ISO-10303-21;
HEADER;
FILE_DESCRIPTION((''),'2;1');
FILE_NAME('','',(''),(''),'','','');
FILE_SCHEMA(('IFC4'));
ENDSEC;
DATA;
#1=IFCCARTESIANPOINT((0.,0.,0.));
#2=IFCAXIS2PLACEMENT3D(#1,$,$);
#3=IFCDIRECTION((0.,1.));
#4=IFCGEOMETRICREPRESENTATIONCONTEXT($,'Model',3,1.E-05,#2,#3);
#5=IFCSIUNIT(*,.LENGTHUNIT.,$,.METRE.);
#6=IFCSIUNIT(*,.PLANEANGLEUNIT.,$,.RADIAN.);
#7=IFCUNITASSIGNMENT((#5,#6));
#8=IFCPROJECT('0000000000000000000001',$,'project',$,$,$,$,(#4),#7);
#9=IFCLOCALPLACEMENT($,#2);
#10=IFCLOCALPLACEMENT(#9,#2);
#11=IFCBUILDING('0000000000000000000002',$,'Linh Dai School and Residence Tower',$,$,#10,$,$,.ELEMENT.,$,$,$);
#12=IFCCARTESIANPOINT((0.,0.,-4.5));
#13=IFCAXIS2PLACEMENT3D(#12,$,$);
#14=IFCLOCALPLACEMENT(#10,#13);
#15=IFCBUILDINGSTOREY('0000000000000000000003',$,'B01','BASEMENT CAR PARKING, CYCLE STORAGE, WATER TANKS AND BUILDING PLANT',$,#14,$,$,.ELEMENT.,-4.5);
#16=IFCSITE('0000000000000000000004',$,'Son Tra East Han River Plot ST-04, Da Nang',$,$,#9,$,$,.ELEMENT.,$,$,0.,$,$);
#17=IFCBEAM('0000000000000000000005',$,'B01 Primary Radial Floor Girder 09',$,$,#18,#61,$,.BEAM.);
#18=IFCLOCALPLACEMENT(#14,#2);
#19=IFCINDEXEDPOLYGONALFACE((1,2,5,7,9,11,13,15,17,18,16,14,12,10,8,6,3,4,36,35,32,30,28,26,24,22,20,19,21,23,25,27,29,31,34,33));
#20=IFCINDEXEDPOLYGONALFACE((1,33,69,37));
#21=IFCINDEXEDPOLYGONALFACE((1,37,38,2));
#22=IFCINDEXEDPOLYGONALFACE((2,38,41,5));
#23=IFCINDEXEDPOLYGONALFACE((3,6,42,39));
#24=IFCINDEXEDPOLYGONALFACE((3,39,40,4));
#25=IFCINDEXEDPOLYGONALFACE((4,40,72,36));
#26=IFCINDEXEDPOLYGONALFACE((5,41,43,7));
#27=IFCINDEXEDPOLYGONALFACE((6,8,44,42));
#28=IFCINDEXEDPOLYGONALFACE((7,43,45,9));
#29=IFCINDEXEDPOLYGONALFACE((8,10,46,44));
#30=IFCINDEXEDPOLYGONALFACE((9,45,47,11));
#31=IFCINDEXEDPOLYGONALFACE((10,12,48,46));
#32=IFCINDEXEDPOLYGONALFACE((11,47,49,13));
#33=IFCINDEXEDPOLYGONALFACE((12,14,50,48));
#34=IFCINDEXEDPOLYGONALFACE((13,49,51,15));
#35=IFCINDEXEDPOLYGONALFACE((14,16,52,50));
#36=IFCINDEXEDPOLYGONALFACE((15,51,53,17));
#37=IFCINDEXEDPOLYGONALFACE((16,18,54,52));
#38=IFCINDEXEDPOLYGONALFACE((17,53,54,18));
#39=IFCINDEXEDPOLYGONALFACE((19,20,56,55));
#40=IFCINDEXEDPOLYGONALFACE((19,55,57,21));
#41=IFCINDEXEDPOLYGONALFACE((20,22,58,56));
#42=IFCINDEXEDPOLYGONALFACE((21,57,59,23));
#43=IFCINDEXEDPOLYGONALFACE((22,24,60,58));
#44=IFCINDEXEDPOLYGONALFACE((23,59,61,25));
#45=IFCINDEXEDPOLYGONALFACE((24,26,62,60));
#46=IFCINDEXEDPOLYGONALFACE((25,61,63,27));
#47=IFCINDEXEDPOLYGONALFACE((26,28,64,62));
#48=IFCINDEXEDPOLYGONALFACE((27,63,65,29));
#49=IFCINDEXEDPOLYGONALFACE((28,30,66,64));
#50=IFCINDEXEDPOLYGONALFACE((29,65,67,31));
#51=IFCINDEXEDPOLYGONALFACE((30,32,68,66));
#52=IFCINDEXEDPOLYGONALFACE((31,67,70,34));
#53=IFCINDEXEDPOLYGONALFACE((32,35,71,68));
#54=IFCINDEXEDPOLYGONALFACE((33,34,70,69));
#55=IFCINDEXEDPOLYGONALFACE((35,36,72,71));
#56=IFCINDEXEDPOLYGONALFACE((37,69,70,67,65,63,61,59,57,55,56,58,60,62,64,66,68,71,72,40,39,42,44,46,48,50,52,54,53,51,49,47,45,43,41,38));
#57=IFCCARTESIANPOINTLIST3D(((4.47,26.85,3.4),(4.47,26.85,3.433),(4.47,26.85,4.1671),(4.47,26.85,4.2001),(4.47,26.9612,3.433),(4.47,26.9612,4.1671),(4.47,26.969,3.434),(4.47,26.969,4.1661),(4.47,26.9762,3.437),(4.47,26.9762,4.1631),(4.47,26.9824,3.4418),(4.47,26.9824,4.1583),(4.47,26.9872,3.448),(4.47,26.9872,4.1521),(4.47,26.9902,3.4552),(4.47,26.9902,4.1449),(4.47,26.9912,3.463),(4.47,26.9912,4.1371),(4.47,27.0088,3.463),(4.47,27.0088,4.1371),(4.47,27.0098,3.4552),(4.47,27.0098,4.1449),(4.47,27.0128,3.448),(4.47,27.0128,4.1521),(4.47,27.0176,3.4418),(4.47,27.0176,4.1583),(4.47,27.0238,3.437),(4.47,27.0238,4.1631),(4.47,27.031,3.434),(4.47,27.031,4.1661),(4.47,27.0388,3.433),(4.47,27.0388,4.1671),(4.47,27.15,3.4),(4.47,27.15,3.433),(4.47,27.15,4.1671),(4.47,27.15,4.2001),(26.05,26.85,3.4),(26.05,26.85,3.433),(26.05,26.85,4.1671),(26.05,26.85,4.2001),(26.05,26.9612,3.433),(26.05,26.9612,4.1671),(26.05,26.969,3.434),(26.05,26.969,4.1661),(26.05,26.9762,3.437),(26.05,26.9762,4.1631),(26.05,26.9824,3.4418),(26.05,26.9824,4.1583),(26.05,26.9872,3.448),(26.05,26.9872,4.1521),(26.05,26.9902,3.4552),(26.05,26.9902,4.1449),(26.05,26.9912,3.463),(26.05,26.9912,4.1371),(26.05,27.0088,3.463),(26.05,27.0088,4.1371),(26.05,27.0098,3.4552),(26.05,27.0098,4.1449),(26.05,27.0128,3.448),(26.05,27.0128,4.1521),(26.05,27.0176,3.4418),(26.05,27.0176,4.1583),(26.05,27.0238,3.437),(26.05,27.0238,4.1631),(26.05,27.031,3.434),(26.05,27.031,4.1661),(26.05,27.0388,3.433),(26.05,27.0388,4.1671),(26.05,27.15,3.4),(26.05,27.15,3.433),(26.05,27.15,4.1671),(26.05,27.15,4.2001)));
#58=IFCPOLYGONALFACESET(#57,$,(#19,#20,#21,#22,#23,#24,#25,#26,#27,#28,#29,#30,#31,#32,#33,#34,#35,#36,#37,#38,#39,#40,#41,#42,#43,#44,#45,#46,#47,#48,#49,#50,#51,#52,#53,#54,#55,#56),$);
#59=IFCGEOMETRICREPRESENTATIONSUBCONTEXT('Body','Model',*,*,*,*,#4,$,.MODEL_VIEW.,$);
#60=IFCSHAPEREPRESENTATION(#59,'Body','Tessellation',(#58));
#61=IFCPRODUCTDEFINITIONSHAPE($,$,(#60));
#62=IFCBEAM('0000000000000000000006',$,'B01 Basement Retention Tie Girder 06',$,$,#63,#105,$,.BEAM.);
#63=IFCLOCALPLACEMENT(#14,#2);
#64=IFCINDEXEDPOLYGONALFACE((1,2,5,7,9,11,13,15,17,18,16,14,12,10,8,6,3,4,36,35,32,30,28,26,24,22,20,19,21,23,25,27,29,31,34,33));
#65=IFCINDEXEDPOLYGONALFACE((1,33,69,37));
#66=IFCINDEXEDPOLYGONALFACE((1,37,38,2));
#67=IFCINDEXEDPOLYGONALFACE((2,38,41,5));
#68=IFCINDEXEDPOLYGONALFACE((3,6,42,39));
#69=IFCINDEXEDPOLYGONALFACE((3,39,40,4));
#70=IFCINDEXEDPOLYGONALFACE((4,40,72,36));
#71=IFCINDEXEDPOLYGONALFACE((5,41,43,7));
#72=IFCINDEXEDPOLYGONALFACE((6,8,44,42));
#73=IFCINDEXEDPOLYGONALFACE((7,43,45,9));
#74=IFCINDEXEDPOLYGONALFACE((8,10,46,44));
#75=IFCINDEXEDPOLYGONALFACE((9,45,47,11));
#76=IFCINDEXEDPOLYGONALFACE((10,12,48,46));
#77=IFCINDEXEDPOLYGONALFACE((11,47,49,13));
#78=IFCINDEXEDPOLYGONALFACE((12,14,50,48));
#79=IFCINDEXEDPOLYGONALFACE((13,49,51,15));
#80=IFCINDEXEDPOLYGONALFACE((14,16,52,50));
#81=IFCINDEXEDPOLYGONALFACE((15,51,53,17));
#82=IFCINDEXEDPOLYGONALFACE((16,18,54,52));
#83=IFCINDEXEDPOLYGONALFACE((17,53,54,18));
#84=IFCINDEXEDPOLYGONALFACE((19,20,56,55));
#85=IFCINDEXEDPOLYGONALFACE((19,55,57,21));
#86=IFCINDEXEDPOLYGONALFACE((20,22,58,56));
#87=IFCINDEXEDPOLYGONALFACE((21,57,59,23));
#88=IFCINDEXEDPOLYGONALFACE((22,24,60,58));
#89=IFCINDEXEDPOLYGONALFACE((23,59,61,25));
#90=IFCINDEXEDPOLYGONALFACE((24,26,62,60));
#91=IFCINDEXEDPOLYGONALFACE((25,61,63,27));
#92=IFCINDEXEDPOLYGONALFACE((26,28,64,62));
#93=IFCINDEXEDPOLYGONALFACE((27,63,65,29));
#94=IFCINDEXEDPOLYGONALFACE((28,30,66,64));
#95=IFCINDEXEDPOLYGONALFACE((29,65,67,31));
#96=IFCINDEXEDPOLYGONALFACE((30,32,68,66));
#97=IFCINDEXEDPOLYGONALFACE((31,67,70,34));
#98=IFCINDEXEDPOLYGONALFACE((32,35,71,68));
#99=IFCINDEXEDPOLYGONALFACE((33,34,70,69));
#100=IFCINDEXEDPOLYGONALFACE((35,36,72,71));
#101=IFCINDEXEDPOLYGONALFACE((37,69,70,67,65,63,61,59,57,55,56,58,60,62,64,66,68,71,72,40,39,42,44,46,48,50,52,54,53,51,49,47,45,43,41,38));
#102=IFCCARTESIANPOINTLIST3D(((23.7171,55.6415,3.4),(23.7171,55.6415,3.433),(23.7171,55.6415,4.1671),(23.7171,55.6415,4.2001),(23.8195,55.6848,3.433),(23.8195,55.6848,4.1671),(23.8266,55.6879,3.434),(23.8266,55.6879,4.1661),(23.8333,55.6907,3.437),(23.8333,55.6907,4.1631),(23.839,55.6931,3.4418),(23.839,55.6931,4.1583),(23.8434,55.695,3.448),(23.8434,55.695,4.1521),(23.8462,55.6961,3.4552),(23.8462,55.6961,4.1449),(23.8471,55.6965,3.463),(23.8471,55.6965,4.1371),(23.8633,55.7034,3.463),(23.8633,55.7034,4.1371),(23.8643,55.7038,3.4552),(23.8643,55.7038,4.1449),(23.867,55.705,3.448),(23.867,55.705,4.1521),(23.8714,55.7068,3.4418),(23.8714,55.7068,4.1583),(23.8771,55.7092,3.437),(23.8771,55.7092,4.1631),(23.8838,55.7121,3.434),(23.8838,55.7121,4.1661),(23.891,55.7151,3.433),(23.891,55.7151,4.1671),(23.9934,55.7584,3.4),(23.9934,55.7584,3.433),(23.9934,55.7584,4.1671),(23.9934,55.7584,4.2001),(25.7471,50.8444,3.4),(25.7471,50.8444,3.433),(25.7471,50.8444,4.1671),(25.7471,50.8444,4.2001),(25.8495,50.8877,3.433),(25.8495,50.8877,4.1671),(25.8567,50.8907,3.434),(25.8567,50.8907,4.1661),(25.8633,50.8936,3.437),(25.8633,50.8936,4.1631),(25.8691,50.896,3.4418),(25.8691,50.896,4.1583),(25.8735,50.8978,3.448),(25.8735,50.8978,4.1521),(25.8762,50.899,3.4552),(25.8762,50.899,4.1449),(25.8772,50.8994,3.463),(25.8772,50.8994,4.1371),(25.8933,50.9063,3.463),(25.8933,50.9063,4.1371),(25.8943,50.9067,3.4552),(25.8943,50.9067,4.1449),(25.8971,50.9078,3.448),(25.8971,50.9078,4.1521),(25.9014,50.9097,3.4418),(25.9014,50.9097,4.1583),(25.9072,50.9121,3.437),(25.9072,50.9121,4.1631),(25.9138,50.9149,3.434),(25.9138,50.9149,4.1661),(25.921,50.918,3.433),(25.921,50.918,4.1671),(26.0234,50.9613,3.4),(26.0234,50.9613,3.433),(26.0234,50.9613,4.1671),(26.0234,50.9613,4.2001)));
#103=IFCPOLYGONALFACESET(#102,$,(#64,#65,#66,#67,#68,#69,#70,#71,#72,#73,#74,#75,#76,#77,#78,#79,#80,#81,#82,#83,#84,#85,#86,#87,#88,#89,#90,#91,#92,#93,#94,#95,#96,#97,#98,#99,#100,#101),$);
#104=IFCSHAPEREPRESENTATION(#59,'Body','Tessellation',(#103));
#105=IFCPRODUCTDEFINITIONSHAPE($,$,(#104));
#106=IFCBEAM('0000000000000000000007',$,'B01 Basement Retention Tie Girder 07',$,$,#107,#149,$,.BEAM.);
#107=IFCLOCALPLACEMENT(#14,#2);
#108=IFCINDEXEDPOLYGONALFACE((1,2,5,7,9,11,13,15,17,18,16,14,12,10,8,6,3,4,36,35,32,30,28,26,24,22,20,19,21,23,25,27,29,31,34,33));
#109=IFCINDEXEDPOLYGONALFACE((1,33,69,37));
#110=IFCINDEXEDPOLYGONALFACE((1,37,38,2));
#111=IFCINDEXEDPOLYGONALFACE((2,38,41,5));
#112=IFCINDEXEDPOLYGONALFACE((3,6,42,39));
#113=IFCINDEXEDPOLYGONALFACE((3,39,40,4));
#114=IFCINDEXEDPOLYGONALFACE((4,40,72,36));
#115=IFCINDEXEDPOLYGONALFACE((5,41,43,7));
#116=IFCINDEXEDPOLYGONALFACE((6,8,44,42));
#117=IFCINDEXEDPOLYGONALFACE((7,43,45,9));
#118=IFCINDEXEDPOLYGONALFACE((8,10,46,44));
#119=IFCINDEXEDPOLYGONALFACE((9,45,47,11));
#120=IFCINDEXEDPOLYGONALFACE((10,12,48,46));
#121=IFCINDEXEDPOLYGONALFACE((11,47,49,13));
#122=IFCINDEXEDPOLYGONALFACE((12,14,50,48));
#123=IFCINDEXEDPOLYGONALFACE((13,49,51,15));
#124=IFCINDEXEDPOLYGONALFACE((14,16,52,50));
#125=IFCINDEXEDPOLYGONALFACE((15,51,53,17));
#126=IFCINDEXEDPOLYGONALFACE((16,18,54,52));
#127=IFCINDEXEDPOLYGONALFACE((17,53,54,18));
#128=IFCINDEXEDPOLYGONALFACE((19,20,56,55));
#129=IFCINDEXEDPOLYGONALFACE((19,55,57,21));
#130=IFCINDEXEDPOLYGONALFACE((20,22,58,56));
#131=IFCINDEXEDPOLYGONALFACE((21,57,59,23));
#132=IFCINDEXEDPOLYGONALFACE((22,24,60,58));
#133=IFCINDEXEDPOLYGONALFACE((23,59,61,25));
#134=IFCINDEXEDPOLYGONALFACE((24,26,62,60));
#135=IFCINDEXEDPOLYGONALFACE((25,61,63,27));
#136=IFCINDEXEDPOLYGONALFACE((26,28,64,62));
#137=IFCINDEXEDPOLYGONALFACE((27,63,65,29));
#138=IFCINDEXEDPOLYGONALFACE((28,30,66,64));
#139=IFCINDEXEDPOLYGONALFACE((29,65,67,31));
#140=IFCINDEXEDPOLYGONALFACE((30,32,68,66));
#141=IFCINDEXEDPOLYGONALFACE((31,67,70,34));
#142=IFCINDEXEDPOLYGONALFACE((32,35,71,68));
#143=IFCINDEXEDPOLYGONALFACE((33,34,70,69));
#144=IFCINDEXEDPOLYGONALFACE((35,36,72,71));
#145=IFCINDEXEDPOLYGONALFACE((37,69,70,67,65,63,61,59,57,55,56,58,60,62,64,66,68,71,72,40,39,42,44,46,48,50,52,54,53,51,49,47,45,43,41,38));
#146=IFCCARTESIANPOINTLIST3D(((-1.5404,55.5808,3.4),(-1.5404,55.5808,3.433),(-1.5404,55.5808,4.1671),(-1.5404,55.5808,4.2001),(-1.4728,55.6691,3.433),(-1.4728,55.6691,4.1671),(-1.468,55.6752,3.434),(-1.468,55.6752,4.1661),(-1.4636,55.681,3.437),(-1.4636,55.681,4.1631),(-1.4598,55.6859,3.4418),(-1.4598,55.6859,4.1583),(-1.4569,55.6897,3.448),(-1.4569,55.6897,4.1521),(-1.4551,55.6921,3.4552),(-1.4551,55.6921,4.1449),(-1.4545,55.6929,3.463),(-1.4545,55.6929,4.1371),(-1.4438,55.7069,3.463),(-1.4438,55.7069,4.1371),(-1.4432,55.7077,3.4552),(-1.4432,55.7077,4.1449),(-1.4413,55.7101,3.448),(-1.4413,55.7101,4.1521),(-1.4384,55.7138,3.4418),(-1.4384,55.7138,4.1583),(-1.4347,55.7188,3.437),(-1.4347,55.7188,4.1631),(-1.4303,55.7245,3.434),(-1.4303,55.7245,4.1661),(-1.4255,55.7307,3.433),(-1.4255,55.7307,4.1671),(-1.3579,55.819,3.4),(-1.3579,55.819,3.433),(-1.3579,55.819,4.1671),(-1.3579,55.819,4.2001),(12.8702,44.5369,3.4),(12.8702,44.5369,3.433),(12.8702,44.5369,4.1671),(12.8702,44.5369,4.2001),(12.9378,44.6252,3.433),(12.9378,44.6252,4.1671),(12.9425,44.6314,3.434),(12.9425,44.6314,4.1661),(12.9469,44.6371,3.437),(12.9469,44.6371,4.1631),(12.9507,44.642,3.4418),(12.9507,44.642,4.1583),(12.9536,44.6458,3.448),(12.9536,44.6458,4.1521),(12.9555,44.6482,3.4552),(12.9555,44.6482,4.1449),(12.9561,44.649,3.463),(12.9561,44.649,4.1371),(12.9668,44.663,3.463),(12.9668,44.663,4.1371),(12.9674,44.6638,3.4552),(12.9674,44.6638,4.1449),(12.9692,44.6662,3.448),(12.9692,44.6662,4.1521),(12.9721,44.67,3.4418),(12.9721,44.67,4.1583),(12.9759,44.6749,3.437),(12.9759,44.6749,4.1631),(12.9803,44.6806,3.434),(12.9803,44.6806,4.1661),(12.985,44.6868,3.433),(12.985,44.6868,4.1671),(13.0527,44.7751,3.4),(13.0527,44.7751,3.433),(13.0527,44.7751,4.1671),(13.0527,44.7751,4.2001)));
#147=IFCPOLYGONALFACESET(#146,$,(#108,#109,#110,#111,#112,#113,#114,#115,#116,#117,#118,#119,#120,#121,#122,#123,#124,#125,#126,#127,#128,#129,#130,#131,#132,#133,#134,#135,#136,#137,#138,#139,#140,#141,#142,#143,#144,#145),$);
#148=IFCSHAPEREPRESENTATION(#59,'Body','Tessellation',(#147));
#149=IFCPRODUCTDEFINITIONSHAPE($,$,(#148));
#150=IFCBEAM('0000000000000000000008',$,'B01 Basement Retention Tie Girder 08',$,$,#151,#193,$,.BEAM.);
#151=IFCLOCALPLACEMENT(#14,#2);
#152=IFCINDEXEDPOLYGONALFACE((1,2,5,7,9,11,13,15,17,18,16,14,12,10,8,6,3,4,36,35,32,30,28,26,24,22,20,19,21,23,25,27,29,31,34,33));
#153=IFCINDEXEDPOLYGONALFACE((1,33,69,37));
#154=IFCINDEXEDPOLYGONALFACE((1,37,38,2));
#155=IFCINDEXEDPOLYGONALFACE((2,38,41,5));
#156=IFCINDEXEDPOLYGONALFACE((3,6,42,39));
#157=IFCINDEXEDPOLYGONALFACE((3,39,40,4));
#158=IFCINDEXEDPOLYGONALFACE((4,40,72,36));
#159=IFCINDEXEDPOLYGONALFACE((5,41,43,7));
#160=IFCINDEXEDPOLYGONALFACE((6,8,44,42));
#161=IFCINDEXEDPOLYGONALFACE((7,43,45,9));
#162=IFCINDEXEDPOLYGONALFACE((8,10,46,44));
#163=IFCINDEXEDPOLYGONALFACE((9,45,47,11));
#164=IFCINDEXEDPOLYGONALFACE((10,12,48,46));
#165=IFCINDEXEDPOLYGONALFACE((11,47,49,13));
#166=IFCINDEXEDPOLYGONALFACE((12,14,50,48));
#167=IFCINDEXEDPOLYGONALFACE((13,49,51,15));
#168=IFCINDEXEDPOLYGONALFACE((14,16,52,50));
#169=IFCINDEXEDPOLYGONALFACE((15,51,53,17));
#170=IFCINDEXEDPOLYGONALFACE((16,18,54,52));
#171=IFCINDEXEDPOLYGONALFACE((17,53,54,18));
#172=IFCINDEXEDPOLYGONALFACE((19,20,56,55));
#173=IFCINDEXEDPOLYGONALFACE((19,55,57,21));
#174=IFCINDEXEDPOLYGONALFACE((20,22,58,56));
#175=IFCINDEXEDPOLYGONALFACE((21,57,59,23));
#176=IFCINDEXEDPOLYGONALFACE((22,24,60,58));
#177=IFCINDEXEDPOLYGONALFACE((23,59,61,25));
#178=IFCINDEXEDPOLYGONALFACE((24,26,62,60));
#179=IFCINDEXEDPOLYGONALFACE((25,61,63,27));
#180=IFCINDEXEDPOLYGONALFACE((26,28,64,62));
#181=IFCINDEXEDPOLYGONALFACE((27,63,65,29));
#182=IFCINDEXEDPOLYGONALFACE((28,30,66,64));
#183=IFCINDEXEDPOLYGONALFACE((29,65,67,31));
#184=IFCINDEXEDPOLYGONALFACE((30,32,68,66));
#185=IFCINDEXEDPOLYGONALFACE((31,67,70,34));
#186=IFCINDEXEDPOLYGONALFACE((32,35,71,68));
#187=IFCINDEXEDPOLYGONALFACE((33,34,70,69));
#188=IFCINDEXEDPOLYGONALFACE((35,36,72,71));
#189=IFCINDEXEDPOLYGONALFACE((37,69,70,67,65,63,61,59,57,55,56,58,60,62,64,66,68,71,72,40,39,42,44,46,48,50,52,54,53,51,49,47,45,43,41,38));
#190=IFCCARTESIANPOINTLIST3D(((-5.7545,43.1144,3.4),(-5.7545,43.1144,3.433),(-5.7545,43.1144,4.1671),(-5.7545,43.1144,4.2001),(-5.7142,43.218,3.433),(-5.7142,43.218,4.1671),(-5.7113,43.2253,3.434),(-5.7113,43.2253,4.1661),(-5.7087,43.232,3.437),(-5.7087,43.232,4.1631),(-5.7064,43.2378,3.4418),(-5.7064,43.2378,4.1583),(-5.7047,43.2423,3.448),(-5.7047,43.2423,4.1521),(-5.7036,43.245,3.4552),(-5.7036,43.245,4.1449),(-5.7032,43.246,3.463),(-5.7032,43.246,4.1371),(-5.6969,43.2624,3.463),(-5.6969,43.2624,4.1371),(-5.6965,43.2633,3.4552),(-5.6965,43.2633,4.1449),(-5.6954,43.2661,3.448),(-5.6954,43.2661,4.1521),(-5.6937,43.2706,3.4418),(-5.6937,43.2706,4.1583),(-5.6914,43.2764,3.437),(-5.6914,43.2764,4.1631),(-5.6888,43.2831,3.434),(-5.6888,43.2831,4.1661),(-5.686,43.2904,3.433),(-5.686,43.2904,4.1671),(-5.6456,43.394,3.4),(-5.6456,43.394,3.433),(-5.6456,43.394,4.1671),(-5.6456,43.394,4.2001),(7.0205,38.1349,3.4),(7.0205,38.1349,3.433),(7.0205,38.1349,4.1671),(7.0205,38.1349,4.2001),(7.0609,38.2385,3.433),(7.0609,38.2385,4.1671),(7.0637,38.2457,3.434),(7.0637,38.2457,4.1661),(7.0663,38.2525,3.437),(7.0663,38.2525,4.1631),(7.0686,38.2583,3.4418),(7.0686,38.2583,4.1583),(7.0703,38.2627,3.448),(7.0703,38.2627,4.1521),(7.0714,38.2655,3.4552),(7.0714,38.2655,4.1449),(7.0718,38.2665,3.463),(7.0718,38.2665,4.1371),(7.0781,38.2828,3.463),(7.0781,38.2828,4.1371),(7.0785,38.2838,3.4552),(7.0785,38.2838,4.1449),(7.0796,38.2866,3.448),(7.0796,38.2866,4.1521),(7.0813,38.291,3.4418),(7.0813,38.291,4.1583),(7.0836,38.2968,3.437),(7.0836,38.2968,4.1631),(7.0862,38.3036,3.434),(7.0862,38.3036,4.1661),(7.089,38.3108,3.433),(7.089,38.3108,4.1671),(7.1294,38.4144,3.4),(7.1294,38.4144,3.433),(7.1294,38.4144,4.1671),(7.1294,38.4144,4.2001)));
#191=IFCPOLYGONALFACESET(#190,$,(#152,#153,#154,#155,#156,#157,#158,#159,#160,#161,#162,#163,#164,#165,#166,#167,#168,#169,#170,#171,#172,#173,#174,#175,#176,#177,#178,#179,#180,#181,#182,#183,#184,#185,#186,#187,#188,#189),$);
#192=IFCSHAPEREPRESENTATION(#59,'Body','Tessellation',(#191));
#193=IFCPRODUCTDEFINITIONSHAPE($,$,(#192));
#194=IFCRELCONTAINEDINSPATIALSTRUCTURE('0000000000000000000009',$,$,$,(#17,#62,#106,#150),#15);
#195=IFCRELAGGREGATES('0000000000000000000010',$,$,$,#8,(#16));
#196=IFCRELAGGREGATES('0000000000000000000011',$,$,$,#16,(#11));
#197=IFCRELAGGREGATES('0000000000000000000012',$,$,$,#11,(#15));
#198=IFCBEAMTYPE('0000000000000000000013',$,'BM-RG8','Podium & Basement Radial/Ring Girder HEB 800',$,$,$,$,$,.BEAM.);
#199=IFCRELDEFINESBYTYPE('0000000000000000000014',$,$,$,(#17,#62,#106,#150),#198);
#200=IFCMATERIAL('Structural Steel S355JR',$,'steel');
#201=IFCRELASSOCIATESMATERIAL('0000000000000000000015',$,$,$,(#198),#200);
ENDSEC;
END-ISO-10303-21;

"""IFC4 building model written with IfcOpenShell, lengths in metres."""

from ifc_helpers import new_model, si_unit, direction, frame, origin, origin_2d, place, context, subcontext, project, spatial, i_section, extrude, material, material_profile, profile_set, type_object, element, save


model = new_model("IFC4")

# Units and contexts
model_context = context("Model", 3, precision=1e-05, world=origin(), true_north=direction((0.0, 1.0)))
body_context = subcontext(model_context, "Body", "Model", "MODEL_VIEW")
ifc_project = project(units=[si_unit("LENGTHUNIT", "METRE"), si_unit("PLANEANGLEUNIT", "RADIAN")], contexts=[model_context])

# Site, building, storey
site_placement = place(None, origin())
site = spatial("IfcSite", under=ifc_project, at=site_placement, Name="Son Tra East Han River Plot ST-04, Da Nang", CompositionType="ELEMENT", RefElevation=0.0)
building_placement = place(site_placement, origin())
building = spatial("IfcBuilding", under=site, at=building_placement, Name="Linh Dai School and Residence Tower", CompositionType="ELEMENT")
storey_placement = place(building_placement, frame((0.0, 0.0, -4.5)))
storey = spatial("IfcBuildingStorey", under=building, at=storey_placement, Name="B01", Description="BASEMENT CAR PARKING, CYCLE STORAGE, WATER TANKS AND BUILDING PLANT", CompositionType="ELEMENT", Elevation=-4.5)

# Shared definitions
ifc_material_1 = material(Name="Structural Steel S355JR", Category="steel")

# Beams
ifc_material_profile_1 = material_profile(ifc_material_1, i_section(OverallWidth=0.3, OverallDepth=0.8, WebThickness=0.0176, FlangeThickness=0.033, FilletRadius=0.03, at=origin_2d()), Name="HEB 800")
ifc_profile_set_1 = profile_set([ifc_material_profile_1], Name="Structural Steel S355JR")
beam_type_1 = type_object("IfcBeamType", Name="BM-RG8", Description="Podium & Basement Radial/Ring Girder HEB 800", PredefinedType="BEAM", material=ifc_profile_set_1)
beam_1_placement = place(storey_placement, frame((26.05, 27.0, 3.8), z_axis=(-1.0, 0.0, 0.0), x_axis=(0.0, -1.0, 0.0)))
element("IfcBeam", 1, at=beam_1_placement, inside=storey, type_object=beam_type_1, Name="B01 Primary Radial Floor Girder 09", PredefinedType="BEAM", context=body_context, shape_type="SweptSolid", body=[
    extrude(i_section(OverallWidth=0.3, OverallDepth=0.8, WebThickness=0.0176, FlangeThickness=0.033, FilletRadius=0.03, at=origin_2d()), origin(), (0.0, 0.0, 1.0), 21.5801),
])
beam_2_placement = place(storey_placement, frame((25.8853, 50.9028, 3.8), z_axis=(-0.389718, 0.920934, 0.0), x_axis=(-0.920934, -0.389718, 0.0)))
element("IfcBeam", 2, at=beam_2_placement, inside=storey, type_object=beam_type_1, Name="B01 Basement Retention Tie Girder 06", PredefinedType="BEAM", context=body_context, shape_type="SweptSolid", body=[
    extrude(i_section(OverallWidth=0.3, OverallDepth=0.8, WebThickness=0.0176, FlangeThickness=0.033, FilletRadius=0.03, at=origin_2d()), origin(), (0.0, 0.0, 1.0), 5.209),
])
beam_3_placement = place(storey_placement, frame((12.9614, 44.656, 3.8), z_axis=(-0.793718, 0.608285, 0.0), x_axis=(-0.608285, -0.793718, 0.0)))
element("IfcBeam", 3, at=beam_3_placement, inside=storey, type_object=beam_type_1, Name="B01 Basement Retention Tie Girder 07", PredefinedType="BEAM", context=body_context, shape_type="SweptSolid", body=[
    extrude(i_section(OverallWidth=0.3, OverallDepth=0.8, WebThickness=0.0176, FlangeThickness=0.033, FilletRadius=0.03, at=origin_2d()), origin(), (0.0, 0.0, 1.0), 18.1558),
])
beam_4_placement = place(storey_placement, frame((7.075, 38.2747, 3.8), z_axis=(-0.931722, 0.363173, 0.0), x_axis=(-0.363173, -0.931722, 0.0)))
element("IfcBeam", 4, at=beam_4_placement, inside=storey, type_object=beam_type_1, Name="B01 Basement Retention Tie Girder 08", PredefinedType="BEAM", context=body_context, shape_type="SweptSolid", body=[
    extrude(i_section(OverallWidth=0.3, OverallDepth=0.8, WebThickness=0.0176, FlangeThickness=0.033, FilletRadius=0.03, at=origin_2d()), origin(), (0.0, 0.0, 1.0), 13.7112),
])

save(model, "model.ifc")
